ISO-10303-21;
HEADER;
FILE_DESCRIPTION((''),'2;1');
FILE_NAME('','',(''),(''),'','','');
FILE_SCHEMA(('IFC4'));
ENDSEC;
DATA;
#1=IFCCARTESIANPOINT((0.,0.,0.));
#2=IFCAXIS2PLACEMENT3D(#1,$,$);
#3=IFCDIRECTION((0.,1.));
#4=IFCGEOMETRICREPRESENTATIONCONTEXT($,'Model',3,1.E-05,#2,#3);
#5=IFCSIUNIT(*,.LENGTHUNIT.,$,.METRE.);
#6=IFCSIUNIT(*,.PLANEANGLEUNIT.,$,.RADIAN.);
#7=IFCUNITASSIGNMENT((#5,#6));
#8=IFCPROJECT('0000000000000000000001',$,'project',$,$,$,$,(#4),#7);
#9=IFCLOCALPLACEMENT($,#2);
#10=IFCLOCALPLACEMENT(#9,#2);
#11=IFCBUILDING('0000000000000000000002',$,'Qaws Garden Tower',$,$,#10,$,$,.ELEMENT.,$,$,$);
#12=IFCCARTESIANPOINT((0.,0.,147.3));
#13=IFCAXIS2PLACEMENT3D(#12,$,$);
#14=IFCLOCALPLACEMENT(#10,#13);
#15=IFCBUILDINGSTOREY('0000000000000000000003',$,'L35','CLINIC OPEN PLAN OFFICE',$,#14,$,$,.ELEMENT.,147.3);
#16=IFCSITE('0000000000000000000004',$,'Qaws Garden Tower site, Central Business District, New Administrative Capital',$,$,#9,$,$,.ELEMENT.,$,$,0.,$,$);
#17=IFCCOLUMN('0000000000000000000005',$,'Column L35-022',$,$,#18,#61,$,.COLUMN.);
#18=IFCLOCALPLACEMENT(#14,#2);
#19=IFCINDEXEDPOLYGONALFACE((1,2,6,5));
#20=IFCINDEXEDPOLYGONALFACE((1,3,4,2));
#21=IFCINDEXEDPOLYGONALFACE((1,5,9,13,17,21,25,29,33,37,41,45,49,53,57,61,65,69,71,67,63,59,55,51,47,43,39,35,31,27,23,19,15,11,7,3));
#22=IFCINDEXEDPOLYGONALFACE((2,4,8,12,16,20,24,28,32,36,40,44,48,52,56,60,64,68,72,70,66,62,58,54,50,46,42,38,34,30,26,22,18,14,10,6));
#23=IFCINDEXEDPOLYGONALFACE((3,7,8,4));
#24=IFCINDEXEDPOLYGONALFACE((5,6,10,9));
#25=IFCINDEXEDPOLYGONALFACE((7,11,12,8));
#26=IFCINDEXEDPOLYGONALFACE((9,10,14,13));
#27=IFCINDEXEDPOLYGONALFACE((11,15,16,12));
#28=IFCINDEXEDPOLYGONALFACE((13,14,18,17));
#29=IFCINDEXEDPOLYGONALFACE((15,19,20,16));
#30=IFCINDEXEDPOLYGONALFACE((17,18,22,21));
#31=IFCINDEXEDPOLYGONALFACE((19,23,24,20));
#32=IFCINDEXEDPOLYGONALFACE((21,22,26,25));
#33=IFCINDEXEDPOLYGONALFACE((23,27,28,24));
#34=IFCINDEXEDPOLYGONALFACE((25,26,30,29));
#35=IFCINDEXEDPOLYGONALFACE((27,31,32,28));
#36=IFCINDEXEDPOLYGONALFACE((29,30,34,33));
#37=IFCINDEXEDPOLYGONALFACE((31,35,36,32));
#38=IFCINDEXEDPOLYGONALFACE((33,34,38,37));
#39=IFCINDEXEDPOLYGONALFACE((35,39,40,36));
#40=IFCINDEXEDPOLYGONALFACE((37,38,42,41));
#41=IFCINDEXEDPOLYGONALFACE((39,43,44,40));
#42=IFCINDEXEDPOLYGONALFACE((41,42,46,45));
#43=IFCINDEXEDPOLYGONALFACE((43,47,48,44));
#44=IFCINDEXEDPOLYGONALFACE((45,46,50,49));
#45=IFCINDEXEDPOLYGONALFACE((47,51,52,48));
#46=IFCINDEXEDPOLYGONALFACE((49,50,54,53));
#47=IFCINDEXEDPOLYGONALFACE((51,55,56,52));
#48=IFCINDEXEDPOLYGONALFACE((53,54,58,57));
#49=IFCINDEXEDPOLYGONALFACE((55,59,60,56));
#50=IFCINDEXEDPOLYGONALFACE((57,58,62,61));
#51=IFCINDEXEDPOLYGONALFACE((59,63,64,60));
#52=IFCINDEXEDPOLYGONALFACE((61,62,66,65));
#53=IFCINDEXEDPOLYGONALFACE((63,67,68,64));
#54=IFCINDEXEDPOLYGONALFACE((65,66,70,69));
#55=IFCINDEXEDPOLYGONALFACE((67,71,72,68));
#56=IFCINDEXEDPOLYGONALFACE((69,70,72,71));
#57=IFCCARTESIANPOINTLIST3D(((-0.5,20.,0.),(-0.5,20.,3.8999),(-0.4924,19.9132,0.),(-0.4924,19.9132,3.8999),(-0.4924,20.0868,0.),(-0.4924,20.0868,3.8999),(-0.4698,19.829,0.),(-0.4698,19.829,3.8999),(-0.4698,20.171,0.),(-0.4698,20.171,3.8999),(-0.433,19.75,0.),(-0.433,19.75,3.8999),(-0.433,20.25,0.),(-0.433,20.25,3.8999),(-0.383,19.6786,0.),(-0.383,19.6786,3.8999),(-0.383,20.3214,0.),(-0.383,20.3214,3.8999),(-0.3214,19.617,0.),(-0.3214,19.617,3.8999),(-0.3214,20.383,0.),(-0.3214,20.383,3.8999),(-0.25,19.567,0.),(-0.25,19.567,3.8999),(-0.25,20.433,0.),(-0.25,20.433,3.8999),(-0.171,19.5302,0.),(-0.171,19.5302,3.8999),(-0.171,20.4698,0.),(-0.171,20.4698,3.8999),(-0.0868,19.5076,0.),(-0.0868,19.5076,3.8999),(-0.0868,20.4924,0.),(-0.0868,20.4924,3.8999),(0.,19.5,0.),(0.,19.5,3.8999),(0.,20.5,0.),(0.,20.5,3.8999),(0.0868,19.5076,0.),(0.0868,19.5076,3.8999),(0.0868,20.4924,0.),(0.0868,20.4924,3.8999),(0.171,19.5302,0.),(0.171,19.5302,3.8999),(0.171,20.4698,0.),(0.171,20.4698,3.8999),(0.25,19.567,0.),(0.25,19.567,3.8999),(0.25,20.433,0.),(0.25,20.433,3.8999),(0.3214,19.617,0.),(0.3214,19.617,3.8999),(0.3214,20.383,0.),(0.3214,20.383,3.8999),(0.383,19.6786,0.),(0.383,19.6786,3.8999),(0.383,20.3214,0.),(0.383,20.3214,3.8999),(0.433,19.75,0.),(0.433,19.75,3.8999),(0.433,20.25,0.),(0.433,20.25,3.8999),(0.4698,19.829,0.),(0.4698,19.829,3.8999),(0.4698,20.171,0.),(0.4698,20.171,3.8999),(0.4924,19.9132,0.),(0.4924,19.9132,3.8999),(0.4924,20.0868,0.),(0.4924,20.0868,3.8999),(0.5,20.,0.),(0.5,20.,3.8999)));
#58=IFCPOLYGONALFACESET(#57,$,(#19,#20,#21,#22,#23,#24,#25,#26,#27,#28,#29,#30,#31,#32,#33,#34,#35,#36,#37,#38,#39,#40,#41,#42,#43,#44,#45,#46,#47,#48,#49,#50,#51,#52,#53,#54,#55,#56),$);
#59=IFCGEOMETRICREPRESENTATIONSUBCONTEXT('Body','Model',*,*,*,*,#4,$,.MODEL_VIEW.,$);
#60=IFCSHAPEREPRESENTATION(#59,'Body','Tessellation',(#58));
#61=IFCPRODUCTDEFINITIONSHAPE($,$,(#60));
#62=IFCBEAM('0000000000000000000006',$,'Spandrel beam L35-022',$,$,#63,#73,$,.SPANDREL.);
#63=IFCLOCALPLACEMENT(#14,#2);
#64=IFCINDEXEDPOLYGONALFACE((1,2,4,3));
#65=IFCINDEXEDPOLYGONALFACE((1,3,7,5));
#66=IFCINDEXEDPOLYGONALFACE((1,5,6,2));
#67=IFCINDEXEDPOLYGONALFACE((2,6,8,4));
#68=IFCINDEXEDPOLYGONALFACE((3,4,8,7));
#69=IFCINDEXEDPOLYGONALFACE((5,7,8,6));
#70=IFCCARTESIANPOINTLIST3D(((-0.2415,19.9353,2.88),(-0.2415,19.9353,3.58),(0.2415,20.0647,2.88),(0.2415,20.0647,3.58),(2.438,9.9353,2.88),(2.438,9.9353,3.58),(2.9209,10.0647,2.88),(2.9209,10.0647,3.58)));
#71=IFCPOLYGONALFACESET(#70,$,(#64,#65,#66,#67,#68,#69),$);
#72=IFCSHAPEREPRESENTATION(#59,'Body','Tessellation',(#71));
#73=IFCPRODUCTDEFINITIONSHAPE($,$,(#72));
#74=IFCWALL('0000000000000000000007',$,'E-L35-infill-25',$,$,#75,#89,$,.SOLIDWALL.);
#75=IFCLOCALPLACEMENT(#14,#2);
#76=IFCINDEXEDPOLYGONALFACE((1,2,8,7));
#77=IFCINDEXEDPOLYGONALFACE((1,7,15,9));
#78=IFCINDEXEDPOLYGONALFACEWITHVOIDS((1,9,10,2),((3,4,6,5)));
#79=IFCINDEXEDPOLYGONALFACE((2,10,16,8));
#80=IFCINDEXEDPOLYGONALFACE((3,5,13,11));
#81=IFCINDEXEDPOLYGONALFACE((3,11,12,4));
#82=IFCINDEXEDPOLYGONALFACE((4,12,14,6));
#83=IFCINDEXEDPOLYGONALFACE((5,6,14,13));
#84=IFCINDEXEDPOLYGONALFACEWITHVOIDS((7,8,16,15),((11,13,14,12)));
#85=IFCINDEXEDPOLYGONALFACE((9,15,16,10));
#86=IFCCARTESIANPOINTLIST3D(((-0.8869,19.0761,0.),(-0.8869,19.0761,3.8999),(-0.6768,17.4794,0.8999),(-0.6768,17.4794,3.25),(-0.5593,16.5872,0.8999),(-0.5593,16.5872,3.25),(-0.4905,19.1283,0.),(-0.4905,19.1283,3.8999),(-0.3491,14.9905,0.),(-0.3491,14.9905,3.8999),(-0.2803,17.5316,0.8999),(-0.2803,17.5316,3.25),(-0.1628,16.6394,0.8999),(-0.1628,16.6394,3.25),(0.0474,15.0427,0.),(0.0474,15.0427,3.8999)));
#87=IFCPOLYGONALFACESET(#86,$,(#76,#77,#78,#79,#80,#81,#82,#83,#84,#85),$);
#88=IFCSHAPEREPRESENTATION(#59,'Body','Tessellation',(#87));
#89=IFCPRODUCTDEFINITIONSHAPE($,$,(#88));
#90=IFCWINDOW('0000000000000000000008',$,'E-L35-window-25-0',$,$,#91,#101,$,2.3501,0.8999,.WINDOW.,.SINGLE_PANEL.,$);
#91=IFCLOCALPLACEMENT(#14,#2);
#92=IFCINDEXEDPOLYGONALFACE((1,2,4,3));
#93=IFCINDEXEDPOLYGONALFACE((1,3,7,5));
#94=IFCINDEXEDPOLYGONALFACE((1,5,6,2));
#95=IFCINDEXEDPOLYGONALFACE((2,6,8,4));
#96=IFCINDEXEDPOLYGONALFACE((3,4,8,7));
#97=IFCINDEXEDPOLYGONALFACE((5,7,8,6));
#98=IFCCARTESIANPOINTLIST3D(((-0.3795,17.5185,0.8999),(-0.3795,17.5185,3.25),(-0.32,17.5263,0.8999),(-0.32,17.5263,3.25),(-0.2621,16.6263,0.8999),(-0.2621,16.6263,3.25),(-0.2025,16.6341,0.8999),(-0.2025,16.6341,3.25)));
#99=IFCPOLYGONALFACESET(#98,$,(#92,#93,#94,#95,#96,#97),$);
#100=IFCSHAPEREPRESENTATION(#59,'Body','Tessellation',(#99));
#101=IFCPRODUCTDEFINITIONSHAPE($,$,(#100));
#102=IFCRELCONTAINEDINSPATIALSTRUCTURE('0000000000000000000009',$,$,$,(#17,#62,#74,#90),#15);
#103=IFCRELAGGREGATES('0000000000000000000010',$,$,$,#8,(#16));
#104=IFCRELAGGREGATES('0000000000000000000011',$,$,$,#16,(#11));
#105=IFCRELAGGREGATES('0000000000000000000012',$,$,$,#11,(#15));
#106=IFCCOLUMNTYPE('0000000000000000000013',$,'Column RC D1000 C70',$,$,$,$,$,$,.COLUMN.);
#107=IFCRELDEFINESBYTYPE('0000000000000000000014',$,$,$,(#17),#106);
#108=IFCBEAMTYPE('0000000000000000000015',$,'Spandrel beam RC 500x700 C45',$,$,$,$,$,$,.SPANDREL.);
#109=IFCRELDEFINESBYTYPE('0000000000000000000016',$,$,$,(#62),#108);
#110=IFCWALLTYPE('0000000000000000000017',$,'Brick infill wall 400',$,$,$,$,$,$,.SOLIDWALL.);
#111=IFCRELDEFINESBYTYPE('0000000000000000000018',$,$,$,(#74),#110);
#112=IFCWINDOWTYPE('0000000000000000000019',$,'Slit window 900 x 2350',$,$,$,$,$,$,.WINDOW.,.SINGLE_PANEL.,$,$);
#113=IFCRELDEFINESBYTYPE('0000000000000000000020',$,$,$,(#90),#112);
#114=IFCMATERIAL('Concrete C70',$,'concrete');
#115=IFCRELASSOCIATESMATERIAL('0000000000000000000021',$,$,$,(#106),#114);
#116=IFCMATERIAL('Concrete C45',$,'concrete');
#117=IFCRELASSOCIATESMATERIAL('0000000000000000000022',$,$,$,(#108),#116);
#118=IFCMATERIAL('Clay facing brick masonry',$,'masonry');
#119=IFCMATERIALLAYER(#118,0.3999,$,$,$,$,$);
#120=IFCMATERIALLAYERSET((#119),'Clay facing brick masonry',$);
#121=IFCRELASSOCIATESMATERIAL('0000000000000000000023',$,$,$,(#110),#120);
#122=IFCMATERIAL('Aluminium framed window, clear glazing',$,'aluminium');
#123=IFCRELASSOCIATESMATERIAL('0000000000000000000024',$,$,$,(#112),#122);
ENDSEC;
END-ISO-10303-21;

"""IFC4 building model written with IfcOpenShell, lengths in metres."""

from ifc_helpers import new_model, si_unit, direction, frame, frame_2d, origin, origin_2d, place, context, subcontext, project, spatial, rectangle, circle, extrude, material, layer, layer_set, material_profile, profile_set, type_object, element, fill, save


model = new_model("IFC4")

# Units and contexts
model_context = context("Model", 3, precision=1e-05, world=origin(), true_north=direction((0.0, 1.0)))
body_context = subcontext(model_context, "Body", "Model", "MODEL_VIEW")
ifc_project = project(units=[si_unit("LENGTHUNIT", "METRE"), si_unit("PLANEANGLEUNIT", "RADIAN")], contexts=[model_context])

# Site, building, storey
site_placement = place(None, origin())
site = spatial("IfcSite", under=ifc_project, at=site_placement, Name="Qaws Garden Tower site, Central Business District, New Administrative Capital", CompositionType="ELEMENT", RefElevation=0.0)
building_placement = place(site_placement, origin())
building = spatial("IfcBuilding", under=site, at=building_placement, Name="Qaws Garden Tower", CompositionType="ELEMENT")
storey_placement = place(building_placement, frame((0.0, 0.0, 147.3)))
storey = spatial("IfcBuildingStorey", under=building, at=storey_placement, Name="L35", Description="CLINIC OPEN PLAN OFFICE", CompositionType="ELEMENT", Elevation=147.3)

# Column
ifc_material_1 = material(Name="Concrete C70", Category="concrete")
ifc_material_profile_1 = material_profile(ifc_material_1, circle(Radius=0.5, at=origin_2d()), Name="RC D1000")
ifc_profile_set_1 = profile_set([ifc_material_profile_1], Name="Concrete C70")
column_type = type_object("IfcColumnType", Name="Column RC D1000 C70", PredefinedType="COLUMN", material=ifc_profile_set_1)
column_placement = place(storey_placement, frame((0.0, 20.0, 0.0), z_axis=(0.0, 0.0, 1.0), x_axis=(1.0, 0.0, 0.0)))
element("IfcColumn", 1, at=column_placement, inside=storey, type_object=column_type, Name="Column L35-022", PredefinedType="COLUMN", context=body_context, shape_type="SweptSolid", body=[
    extrude(circle(Radius=0.5, at=origin_2d()), origin(), (0.0, 0.0, 1.0), 3.8999),
])

# Beam
ifc_material_2 = material(Name="Concrete C45", Category="concrete")
ifc_material_profile_2 = material_profile(ifc_material_2, rectangle(XDim=0.5, YDim=0.7, at=origin_2d()), Name="RC 500x700")
ifc_profile_set_2 = profile_set([ifc_material_profile_2], Name="Concrete C45")
beam_type = type_object("IfcBeamType", Name="Spandrel beam RC 500x700 C45", PredefinedType="SPANDREL", material=ifc_profile_set_2)
beam_placement = place(storey_placement, frame((0.0, 20.0, 3.23), z_axis=(0.258815, -0.965927, 0.0), x_axis=(0.965927, 0.258815, 0.0)))
element("IfcBeam", 2, at=beam_placement, inside=storey, type_object=beam_type, Name="Spandrel beam L35-022", PredefinedType="SPANDREL", context=body_context, shape_type="SweptSolid", body=[
    extrude(rectangle(XDim=0.5, YDim=0.7, at=origin_2d()), origin(), (0.0, 0.0, 1.0), 10.3528),
])

# Wall, opening, window
ifc_material_3 = material(Name="Clay facing brick masonry", Category="masonry")
ifc_layer_1 = layer(ifc_material_3, 0.3999)
ifc_layer_set_1 = layer_set([ifc_layer_1], Name="Clay facing brick masonry")
wall_type_1 = type_object("IfcWallType", Name="Brick infill wall 400", PredefinedType="SOLIDWALL", material=ifc_layer_set_1)
wall_1_placement = place(storey_placement, frame((-0.6887, 19.1023, 0.0), z_axis=(0.0, 0.0, 1.0), x_axis=(0.130514, -0.991446, 0.0)))
wall_1 = element("IfcWall", 3, at=wall_1_placement, inside=storey, type_object=wall_type_1, Name="E-L35-infill-25", PredefinedType="SOLIDWALL", context=body_context, shape_type="SweptSolid", body=[
    extrude(rectangle(XDim=4.1208, YDim=0.3999, at=frame_2d((2.0605, 0.0))), origin(), (0.0, 0.0, 1.0), 3.8999),
])
opening_1_placement = place(wall_1_placement, frame((1.6106, 0.0, 0.8999)))
opening_1 = element("IfcOpeningElement", 4, at=opening_1_placement, cuts=wall_1, PredefinedType="OPENING", context=body_context, shape_type="SweptSolid", body=[
    extrude(rectangle(XDim=0.8999, YDim=2.3501, at=frame_2d((0.45, 1.175))), frame((0.0, 0.21, 0.0), z_axis=(0.0, -1.0, 0.0), x_axis=(1.0, 0.0, 0.0)), (0.0, 0.0, 1.0), 0.4199),
])
ifc_material_4 = material(Name="Aluminium framed window, clear glazing", Category="aluminium")
window_type = type_object("IfcWindowType", Name="Slit window 900 x 2350", PartitioningType="SINGLE_PANEL", PredefinedType="WINDOW", material=ifc_material_4)
window_placement = place(opening_1_placement, origin())
window = element("IfcWindow", 5, at=window_placement, inside=storey, type_object=window_type, Name="E-L35-window-25-0", OverallHeight=2.3501, OverallWidth=0.8999, PartitioningType="SINGLE_PANEL", PredefinedType="WINDOW", context=body_context, shape_type="SweptSolid", body=[
    extrude(rectangle(XDim=0.8999, YDim=2.3501, at=frame_2d((0.45, 1.175))), frame((0.0, 0.1599, 0.0), z_axis=(0.0, -1.0, 0.0), x_axis=(1.0, 0.0, 0.0)), (0.0, 0.0, 1.0), 0.0601),
])
fill(opening_1, window)

save(model, "model.ifc")
